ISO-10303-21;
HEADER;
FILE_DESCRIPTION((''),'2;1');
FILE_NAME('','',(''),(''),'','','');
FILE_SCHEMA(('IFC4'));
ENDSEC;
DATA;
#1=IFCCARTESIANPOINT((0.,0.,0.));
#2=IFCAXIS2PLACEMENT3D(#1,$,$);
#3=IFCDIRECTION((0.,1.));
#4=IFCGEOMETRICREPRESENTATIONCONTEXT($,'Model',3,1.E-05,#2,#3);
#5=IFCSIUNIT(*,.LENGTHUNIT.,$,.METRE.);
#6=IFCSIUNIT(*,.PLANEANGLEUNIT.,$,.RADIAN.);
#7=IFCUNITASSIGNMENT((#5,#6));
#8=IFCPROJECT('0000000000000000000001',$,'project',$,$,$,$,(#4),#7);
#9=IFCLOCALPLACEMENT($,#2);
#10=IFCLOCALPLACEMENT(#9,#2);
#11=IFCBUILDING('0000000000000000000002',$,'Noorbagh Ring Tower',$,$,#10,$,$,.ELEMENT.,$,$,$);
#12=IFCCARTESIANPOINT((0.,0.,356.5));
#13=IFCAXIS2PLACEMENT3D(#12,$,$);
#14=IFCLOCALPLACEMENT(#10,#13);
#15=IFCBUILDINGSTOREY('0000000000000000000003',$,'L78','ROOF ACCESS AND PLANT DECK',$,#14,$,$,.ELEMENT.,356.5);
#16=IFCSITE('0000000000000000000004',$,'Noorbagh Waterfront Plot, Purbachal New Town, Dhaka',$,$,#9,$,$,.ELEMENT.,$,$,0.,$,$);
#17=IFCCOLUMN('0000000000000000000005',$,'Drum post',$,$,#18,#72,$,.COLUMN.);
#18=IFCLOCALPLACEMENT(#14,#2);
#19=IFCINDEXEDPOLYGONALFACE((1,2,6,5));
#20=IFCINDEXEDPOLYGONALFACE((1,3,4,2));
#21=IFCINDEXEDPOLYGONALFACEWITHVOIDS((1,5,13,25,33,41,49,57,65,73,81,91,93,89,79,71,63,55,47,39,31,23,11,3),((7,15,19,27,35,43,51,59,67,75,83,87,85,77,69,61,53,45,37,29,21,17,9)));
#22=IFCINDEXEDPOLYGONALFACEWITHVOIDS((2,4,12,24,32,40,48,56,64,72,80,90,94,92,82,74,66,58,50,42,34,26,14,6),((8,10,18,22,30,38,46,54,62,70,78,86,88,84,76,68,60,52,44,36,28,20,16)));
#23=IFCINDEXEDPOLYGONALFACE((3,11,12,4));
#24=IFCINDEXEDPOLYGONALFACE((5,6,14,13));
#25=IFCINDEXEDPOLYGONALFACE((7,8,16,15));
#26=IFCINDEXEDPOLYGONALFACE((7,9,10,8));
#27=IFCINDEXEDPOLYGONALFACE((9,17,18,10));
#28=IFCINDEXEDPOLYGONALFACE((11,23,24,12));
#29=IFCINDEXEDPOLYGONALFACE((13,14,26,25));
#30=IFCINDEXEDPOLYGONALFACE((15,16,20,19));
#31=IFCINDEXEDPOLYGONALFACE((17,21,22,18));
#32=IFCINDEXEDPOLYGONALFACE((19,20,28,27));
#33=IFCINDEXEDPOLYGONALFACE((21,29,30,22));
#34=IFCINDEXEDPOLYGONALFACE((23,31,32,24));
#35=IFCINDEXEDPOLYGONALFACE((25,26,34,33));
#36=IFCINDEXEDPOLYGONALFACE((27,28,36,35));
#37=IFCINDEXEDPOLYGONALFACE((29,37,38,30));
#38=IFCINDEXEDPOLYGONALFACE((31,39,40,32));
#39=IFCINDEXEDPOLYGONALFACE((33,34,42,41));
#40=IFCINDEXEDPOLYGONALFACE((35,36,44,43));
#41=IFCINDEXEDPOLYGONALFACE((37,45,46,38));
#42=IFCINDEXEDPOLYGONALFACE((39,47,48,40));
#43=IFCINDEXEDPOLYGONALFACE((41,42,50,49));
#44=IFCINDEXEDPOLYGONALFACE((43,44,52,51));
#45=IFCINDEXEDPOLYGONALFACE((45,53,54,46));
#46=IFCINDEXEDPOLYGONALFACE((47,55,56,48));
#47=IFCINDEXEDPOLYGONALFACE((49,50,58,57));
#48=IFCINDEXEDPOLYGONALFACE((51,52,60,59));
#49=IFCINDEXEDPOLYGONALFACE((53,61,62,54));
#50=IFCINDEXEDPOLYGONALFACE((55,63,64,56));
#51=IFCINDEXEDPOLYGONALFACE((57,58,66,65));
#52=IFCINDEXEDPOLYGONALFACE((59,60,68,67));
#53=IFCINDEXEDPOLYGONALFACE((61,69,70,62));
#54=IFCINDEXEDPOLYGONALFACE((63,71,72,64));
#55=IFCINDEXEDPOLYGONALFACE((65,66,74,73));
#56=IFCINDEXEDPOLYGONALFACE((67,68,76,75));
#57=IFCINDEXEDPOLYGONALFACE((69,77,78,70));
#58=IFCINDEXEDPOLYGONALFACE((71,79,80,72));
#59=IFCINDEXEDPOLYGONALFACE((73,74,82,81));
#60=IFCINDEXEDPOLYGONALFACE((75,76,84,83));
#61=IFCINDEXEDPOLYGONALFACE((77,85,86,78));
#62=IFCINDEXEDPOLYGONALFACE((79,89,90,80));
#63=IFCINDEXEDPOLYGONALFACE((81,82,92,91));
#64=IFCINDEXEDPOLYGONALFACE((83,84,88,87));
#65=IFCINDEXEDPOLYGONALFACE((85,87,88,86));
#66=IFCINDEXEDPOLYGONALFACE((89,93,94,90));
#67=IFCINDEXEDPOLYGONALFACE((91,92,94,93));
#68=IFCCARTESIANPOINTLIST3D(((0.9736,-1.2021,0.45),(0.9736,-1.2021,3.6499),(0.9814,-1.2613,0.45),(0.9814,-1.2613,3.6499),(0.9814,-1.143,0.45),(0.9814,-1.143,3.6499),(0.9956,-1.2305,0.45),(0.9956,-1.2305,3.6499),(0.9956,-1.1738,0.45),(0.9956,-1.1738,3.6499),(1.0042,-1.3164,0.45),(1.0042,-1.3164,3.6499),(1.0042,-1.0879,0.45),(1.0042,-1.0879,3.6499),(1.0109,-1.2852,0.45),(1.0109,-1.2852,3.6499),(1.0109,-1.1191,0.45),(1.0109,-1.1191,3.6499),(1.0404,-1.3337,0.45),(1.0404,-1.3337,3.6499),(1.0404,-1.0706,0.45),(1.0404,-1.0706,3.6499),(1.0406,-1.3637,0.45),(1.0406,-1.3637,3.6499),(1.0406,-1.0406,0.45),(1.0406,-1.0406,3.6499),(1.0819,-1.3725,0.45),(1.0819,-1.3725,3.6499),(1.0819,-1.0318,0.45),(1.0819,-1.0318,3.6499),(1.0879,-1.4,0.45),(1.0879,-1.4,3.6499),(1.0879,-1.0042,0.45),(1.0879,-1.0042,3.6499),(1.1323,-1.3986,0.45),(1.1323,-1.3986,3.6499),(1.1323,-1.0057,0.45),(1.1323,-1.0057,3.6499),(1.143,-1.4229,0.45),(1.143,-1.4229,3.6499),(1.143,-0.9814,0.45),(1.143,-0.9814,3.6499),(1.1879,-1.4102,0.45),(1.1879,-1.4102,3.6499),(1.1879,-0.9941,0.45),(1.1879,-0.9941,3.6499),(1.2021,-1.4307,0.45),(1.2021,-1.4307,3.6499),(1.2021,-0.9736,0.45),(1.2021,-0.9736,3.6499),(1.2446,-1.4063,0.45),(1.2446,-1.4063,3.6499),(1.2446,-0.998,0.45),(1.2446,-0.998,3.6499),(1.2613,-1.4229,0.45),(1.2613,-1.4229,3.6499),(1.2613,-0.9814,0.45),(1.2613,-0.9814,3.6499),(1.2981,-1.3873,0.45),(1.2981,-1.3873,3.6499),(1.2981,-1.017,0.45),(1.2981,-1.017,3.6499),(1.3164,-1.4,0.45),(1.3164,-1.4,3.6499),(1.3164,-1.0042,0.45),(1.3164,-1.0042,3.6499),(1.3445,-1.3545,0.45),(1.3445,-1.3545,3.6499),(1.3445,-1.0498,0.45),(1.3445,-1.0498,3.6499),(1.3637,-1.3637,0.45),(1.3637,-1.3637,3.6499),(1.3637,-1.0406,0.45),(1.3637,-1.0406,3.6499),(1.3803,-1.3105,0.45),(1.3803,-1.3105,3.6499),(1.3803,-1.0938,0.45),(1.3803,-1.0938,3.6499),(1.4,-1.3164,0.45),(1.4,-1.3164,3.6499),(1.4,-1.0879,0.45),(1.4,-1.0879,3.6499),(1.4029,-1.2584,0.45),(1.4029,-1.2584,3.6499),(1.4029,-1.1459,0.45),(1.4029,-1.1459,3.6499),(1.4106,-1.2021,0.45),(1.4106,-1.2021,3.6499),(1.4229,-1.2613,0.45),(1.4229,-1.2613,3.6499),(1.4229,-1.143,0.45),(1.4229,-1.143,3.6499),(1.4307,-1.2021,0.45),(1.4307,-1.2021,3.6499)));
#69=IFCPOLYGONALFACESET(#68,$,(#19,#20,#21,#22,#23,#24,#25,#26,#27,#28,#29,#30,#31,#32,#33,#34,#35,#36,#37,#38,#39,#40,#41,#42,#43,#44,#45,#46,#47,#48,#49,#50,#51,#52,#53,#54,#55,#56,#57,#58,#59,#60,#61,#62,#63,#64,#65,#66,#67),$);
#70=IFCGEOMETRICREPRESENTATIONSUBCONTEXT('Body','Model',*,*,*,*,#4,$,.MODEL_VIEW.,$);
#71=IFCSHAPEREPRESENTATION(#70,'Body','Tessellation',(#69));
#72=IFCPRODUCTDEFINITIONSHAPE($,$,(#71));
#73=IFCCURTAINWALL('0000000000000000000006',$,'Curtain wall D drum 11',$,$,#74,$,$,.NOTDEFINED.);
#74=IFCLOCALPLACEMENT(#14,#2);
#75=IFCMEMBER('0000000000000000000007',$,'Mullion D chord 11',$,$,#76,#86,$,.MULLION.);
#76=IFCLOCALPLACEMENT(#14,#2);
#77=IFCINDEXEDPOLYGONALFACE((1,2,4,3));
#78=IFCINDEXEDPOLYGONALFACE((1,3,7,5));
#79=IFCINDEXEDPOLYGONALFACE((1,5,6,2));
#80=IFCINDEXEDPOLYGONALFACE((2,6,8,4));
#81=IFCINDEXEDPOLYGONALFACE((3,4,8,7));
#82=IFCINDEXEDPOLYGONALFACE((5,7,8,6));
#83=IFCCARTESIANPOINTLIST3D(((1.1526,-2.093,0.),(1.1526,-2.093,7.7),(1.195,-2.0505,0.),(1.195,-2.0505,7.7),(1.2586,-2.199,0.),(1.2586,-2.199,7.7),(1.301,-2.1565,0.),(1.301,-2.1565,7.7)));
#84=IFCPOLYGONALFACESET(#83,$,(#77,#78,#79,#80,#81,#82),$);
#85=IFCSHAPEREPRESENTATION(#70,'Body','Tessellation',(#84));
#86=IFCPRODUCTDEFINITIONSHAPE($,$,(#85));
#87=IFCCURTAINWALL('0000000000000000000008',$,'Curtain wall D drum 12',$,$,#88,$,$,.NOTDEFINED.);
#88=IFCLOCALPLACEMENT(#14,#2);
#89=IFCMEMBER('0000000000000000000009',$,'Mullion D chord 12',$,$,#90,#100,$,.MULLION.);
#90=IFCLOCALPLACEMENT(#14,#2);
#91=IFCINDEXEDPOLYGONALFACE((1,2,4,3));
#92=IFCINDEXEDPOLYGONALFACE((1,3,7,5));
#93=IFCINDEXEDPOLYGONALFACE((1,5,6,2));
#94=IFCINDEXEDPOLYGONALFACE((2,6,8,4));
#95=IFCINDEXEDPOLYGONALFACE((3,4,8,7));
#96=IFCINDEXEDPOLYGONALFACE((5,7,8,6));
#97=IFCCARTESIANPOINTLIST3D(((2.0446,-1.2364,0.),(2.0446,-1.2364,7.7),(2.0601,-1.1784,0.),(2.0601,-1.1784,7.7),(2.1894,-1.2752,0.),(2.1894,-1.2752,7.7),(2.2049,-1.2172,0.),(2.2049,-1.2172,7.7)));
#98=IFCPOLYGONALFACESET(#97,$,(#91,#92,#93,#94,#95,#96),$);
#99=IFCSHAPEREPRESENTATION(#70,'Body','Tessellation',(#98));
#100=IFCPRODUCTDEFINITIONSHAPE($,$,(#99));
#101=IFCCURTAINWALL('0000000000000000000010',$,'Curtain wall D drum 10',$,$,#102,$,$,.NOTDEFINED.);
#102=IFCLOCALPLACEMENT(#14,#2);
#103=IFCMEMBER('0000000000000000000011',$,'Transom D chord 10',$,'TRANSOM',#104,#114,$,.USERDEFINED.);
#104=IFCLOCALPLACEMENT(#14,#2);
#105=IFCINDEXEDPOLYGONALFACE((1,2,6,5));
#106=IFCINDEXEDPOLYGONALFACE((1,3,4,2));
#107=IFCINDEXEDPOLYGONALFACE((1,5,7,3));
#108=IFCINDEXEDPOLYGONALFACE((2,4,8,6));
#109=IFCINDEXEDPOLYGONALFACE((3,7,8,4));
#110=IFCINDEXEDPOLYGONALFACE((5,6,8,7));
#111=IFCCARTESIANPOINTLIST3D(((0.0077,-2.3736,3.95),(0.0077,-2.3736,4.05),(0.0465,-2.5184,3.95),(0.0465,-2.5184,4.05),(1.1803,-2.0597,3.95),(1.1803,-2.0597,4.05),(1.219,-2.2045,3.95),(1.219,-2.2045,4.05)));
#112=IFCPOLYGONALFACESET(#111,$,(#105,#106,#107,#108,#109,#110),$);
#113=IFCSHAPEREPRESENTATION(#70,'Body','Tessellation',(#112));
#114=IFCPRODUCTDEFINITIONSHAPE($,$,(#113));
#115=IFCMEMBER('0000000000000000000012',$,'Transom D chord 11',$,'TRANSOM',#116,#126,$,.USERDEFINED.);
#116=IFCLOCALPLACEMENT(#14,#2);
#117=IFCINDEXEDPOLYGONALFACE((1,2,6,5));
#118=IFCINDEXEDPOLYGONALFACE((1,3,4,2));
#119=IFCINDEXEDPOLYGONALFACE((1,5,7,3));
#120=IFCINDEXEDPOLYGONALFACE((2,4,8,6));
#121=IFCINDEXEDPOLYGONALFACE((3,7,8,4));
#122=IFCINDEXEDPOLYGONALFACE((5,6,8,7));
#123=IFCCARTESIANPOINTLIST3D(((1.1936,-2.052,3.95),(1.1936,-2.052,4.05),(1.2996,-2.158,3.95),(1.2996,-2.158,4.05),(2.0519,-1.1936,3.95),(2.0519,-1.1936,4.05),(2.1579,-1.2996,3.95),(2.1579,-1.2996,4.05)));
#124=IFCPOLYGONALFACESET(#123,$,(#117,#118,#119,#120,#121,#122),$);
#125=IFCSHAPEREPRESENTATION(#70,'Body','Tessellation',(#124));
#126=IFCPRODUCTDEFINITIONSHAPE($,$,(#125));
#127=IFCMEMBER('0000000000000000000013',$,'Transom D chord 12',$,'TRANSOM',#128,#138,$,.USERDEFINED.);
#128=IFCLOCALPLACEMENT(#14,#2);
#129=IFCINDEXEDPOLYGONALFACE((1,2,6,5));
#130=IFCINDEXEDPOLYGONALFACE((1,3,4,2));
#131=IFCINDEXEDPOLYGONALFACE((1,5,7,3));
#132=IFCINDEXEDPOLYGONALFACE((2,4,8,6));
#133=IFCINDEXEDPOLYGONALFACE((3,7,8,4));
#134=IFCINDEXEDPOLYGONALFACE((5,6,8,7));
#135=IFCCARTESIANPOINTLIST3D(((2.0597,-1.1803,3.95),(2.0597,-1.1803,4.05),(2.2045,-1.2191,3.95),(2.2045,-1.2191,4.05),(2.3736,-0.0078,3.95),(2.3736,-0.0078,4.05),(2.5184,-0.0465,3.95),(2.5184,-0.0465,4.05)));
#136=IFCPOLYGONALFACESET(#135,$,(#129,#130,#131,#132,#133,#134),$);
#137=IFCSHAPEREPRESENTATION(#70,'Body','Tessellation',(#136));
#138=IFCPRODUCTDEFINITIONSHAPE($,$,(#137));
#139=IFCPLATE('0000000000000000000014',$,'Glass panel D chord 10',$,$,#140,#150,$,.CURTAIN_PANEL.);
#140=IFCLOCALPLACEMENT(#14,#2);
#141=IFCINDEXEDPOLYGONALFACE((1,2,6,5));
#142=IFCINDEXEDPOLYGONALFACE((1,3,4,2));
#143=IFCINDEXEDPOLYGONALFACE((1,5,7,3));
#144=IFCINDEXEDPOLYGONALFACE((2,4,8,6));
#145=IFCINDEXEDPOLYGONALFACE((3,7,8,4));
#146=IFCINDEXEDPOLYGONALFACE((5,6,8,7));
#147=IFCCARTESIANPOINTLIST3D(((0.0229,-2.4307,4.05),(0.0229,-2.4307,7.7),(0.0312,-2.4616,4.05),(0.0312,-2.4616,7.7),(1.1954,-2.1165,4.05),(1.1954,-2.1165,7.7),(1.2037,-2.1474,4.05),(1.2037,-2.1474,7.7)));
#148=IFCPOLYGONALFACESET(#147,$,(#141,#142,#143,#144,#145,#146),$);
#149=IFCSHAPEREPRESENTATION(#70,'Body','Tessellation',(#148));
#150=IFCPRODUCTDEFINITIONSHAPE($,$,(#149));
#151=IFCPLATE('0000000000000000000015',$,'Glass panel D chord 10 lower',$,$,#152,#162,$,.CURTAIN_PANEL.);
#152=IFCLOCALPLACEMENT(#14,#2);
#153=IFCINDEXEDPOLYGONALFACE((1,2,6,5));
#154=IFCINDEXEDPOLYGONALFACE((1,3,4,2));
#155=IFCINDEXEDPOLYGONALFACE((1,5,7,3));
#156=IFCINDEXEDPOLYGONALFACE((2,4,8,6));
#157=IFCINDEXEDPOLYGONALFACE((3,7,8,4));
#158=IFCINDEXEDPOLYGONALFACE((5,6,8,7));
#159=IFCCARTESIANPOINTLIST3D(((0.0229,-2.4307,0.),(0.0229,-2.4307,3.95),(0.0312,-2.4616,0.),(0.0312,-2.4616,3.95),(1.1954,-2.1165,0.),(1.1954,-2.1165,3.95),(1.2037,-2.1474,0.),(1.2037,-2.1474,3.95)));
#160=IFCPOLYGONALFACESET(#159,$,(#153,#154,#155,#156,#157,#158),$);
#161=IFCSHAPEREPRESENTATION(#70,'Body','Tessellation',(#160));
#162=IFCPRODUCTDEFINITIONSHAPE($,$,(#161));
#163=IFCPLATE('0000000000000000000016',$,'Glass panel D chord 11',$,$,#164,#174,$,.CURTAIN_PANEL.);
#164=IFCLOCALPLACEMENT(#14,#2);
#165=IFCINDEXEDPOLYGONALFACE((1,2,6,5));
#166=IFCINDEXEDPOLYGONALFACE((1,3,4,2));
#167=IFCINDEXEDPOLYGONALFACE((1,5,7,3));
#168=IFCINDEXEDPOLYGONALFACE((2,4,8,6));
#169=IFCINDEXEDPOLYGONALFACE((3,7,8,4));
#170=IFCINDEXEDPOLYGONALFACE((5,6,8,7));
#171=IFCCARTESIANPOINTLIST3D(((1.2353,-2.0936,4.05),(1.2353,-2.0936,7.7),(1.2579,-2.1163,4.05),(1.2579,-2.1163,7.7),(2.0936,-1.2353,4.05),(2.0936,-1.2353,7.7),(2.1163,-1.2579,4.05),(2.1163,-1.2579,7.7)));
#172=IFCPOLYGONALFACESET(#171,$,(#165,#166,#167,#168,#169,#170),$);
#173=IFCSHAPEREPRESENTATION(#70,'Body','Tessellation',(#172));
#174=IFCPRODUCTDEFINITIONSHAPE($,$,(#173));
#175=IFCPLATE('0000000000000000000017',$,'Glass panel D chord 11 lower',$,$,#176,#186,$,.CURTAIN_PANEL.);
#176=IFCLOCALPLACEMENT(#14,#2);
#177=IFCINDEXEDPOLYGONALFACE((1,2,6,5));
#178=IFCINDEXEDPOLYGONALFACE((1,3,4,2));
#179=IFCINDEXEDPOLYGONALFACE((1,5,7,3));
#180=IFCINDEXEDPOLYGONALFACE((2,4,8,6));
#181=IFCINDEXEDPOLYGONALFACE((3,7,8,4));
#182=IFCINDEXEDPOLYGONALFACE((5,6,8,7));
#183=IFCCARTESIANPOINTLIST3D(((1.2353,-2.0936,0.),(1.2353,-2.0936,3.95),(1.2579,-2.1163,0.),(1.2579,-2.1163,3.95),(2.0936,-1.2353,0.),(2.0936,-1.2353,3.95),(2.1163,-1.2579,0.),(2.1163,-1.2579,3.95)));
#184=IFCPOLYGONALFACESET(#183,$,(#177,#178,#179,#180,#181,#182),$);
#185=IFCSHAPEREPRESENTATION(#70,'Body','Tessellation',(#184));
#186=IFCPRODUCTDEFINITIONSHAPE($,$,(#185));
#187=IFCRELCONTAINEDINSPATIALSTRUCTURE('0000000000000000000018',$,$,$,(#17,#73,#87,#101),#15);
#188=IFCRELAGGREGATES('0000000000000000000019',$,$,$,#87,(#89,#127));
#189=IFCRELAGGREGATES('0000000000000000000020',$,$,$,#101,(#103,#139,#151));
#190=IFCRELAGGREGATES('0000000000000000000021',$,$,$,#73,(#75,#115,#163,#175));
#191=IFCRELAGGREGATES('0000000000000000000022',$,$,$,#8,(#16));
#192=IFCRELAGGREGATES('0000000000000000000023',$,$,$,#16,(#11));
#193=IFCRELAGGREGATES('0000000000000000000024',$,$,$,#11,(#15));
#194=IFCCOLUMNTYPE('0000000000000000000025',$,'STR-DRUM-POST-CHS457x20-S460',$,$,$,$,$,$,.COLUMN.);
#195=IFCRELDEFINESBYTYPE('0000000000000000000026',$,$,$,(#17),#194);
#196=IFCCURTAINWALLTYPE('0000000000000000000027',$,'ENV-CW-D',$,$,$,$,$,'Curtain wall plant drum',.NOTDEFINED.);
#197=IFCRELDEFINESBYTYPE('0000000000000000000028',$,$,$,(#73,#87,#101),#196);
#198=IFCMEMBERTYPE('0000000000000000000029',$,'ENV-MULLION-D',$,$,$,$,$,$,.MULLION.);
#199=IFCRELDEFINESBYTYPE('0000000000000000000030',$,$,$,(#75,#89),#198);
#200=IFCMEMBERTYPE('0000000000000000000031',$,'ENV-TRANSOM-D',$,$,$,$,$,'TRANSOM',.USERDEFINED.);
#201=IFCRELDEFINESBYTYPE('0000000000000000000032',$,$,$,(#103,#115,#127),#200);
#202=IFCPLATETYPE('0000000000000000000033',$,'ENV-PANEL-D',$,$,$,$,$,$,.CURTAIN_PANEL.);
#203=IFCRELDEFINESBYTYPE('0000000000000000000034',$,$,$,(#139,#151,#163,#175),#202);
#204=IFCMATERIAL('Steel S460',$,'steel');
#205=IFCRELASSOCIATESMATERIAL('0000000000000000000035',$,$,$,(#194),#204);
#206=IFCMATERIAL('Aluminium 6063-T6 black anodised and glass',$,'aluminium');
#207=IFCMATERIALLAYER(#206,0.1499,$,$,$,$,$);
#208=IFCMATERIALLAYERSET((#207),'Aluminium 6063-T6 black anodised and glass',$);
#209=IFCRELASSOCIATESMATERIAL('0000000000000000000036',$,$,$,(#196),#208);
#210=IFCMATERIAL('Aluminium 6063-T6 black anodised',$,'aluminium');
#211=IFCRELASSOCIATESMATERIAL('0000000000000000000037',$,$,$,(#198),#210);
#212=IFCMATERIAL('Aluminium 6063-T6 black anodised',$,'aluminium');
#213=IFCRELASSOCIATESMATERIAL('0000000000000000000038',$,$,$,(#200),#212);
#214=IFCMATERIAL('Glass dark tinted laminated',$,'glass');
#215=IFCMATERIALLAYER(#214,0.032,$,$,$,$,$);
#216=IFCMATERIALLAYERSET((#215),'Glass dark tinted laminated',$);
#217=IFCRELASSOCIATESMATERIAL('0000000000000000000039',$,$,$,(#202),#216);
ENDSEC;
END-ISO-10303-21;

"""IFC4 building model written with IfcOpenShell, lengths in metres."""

from ifc_helpers import new_model, si_unit, direction, frame, origin, origin_2d, place, context, subcontext, project, spatial, rectangle, hollow_circle, extrude, material, layer, layer_set, material_profile, profile_set, type_object, element, aggregate, save


model = new_model("IFC4")

# Units and contexts
model_context = context("Model", 3, precision=1e-05, world=origin(), true_north=direction((0.0, 1.0)))
body_context = subcontext(model_context, "Body", "Model", "MODEL_VIEW")
ifc_project = project(units=[si_unit("LENGTHUNIT", "METRE"), si_unit("PLANEANGLEUNIT", "RADIAN")], contexts=[model_context])

# Site, building, storey
site_placement = place(None, origin())
site = spatial("IfcSite", under=ifc_project, at=site_placement, Name="Noorbagh Waterfront Plot, Purbachal New Town, Dhaka", CompositionType="ELEMENT", RefElevation=0.0)
building_placement = place(site_placement, origin())
building = spatial("IfcBuilding", under=site, at=building_placement, Name="Noorbagh Ring Tower", CompositionType="ELEMENT")
storey_placement = place(building_placement, frame((0.0, 0.0, 356.5)))
storey = spatial("IfcBuildingStorey", under=building, at=storey_placement, Name="L78", Description="ROOF ACCESS AND PLANT DECK", CompositionType="ELEMENT", Elevation=356.5)

# Column
ifc_material_1 = material(Name="Steel S460", Category="steel")
ifc_material_profile_1 = material_profile(ifc_material_1, hollow_circle(Radius=0.2285, WallThickness=0.02, at=origin_2d()), Name="CHS457x20")
ifc_profile_set_1 = profile_set([ifc_material_profile_1], Name="Steel S460")
column_type = type_object("IfcColumnType", Name="STR-DRUM-POST-CHS457x20-S460", PredefinedType="COLUMN", material=ifc_profile_set_1)
column_placement = place(storey_placement, frame((1.2021, -1.2021, 0.45), z_axis=(0.0, 0.0, 1.0), x_axis=(1.0, 0.0, 0.0)))
element("IfcColumn", 1, at=column_placement, inside=storey, type_object=column_type, Name="Drum post", PredefinedType="COLUMN", context=body_context, shape_type="SweptSolid", body=[
    extrude(hollow_circle(Radius=0.2285, WallThickness=0.02, at=origin_2d()), origin(), (0.0, 0.0, 1.0), 3.2),
])

# Curtain walls, members
ifc_material_2 = material(Name="Aluminium 6063-T6 black anodised and glass", Category="aluminium")
ifc_layer_1 = layer(ifc_material_2, 0.1499)
ifc_layer_set_1 = layer_set([ifc_layer_1], Name="Aluminium 6063-T6 black anodised and glass")
curtain_wall_type = type_object("IfcCurtainWallType", Name="ENV-CW-D", ElementType="Curtain wall plant drum", PredefinedType="NOTDEFINED", material=ifc_layer_set_1)
curtain_wall_1_placement = place(storey_placement, origin())
curtain_wall_1 = element("IfcCurtainWall", 2, at=curtain_wall_1_placement, inside=storey, type_object=curtain_wall_type, Name="Curtain wall D drum 11", PredefinedType="NOTDEFINED")
ifc_material_3 = material(Name="Aluminium 6063-T6 black anodised", Category="aluminium")
ifc_material_profile_2 = material_profile(ifc_material_3, rectangle(XDim=0.1499, YDim=0.0601, at=origin_2d()), Name="150x60")
ifc_profile_set_2 = profile_set([ifc_material_profile_2], Name="Aluminium 6063-T6 black anodised")
member_type_1 = type_object("IfcMemberType", Name="ENV-MULLION-D", PredefinedType="MULLION", material=ifc_profile_set_2)
member_1_placement = place(storey_placement, frame((1.2268, -2.1248, 0.0), z_axis=(0.0, 0.0, 1.0), x_axis=(-0.707107, 0.707107, 0.0)))
member_1 = element("IfcMember", 3, at=member_1_placement, type_object=member_type_1, Name="Mullion D chord 11", PredefinedType="MULLION", context=body_context, shape_type="SweptSolid", body=[
    extrude(rectangle(XDim=0.1499, YDim=0.0601, at=origin_2d()), origin(), (0.0, 0.0, 1.0), 7.7),
])
curtain_wall_2_placement = place(storey_placement, origin())
curtain_wall_2 = element("IfcCurtainWall", 4, at=curtain_wall_2_placement, inside=storey, type_object=curtain_wall_type, Name="Curtain wall D drum 12", PredefinedType="NOTDEFINED")
member_2_placement = place(storey_placement, frame((2.1248, -1.2268, 0.0), z_axis=(0.0, 0.0, 1.0), x_axis=(-0.965926, 0.258819, 0.0)))
member_2 = element("IfcMember", 5, at=member_2_placement, type_object=member_type_1, Name="Mullion D chord 12", PredefinedType="MULLION", context=body_context, shape_type="SweptSolid", body=[
    extrude(rectangle(XDim=0.1499, YDim=0.0601, at=origin_2d()), origin(), (0.0, 0.0, 1.0), 7.7),
])
curtain_wall_3_placement = place(storey_placement, origin())
curtain_wall_3 = element("IfcCurtainWall", 6, at=curtain_wall_3_placement, inside=storey, type_object=curtain_wall_type, Name="Curtain wall D drum 10", PredefinedType="NOTDEFINED")
ifc_material_4 = material(Name="Aluminium 6063-T6 black anodised", Category="aluminium")
ifc_material_profile_3 = material_profile(ifc_material_4, rectangle(XDim=0.1499, YDim=0.1001, at=origin_2d()), Name="150x100")
ifc_profile_set_3 = profile_set([ifc_material_profile_3], Name="Aluminium 6063-T6 black anodised")
member_type_2 = type_object("IfcMemberType", Name="ENV-TRANSOM-D", ElementType="TRANSOM", PredefinedType="USERDEFINED", material=ifc_profile_set_3)
placement = place(building_placement, frame((0.0, 0.0, 360.1499)))
member_3_placement = place(placement, frame((0.0271, -2.446, 0.3501), z_axis=(0.965974, 0.258639, 0.0), x_axis=(-0.258639, 0.965974, 0.0)))
member_3 = element("IfcMember", 7, at=member_3_placement, type_object=member_type_2, Name="Transom D chord 10", ObjectType="TRANSOM", PredefinedType="USERDEFINED", context=body_context, shape_type="SweptSolid", body=[
    extrude(rectangle(XDim=0.1499, YDim=0.1001, at=origin_2d()), origin(), (0.0, 0.0, 1.0), 1.2139),
])

# Members
member_4_placement = place(placement, frame((1.2466, -2.105, 0.3501), z_axis=(0.707107, 0.707107, 0.0), x_axis=(-0.707107, 0.707107, 0.0)))
member_4 = element("IfcMember", 8, at=member_4_placement, type_object=member_type_2, Name="Transom D chord 11", ObjectType="TRANSOM", PredefinedType="USERDEFINED", context=body_context, shape_type="SweptSolid", body=[
    extrude(rectangle(XDim=0.1499, YDim=0.1001, at=origin_2d()), origin(), (0.0, 0.0, 1.0), 1.2139),
])
member_5_placement = place(placement, frame((2.1321, -1.1997, 0.3501), z_axis=(0.258639, 0.965974, 0.0), x_axis=(-0.965974, 0.258639, 0.0)))
member_5 = element("IfcMember", 9, at=member_5_placement, type_object=member_type_2, Name="Transom D chord 12", ObjectType="TRANSOM", PredefinedType="USERDEFINED", context=body_context, shape_type="SweptSolid", body=[
    extrude(rectangle(XDim=0.1499, YDim=0.1001, at=origin_2d()), origin(), (0.0, 0.0, 1.0), 1.2139),
])
aggregate(curtain_wall_2, [member_2, member_5])

# Plates
ifc_material_5 = material(Name="Glass dark tinted laminated", Category="glass")
ifc_layer_2 = layer(ifc_material_5, 0.032)
ifc_layer_set_2 = layer_set([ifc_layer_2], Name="Glass dark tinted laminated")
plate_type = type_object("IfcPlateType", Name="ENV-PANEL-D", PredefinedType="CURTAIN_PANEL", material=ifc_layer_set_2)
plate_1_placement = place(placement, frame((0.6133, -2.2891, 0.4001), z_axis=(0.0, 0.0, 1.0), x_axis=(0.965926, 0.258819, 0.0)))
plate_1 = element("IfcPlate", 10, at=plate_1_placement, type_object=plate_type, Name="Glass panel D chord 10", PredefinedType="CURTAIN_PANEL", context=body_context, shape_type="SweptSolid", body=[
    extrude(rectangle(XDim=1.2139, YDim=0.032, at=origin_2d()), origin(), (0.0, 0.0, 1.0), 3.6499),
])
plate_2_placement = place(storey_placement, frame((0.6133, -2.2891, 0.0), z_axis=(0.0, 0.0, 1.0), x_axis=(0.965926, 0.258819, 0.0)))
plate_2 = element("IfcPlate", 11, at=plate_2_placement, type_object=plate_type, Name="Glass panel D chord 10 lower", PredefinedType="CURTAIN_PANEL", context=body_context, shape_type="SweptSolid", body=[
    extrude(rectangle(XDim=1.2139, YDim=0.032, at=origin_2d()), origin(), (0.0, 0.0, 1.0), 3.95),
])
plate_3_placement = place(placement, frame((1.6758, -1.6758, 0.4001), z_axis=(0.0, 0.0, 1.0), x_axis=(0.707107, 0.707107, 0.0)))
plate_3 = element("IfcPlate", 12, at=plate_3_placement, type_object=plate_type, Name="Glass panel D chord 11", PredefinedType="CURTAIN_PANEL", context=body_context, shape_type="SweptSolid", body=[
    extrude(rectangle(XDim=1.2139, YDim=0.032, at=origin_2d()), origin(), (0.0, 0.0, 1.0), 3.6499),
])
plate_4_placement = place(storey_placement, frame((1.6758, -1.6758, 0.0), z_axis=(0.0, 0.0, 1.0), x_axis=(0.707107, 0.707107, 0.0)))
plate_4 = element("IfcPlate", 13, at=plate_4_placement, type_object=plate_type, Name="Glass panel D chord 11 lower", PredefinedType="CURTAIN_PANEL", context=body_context, shape_type="SweptSolid", body=[
    extrude(rectangle(XDim=1.2139, YDim=0.032, at=origin_2d()), origin(), (0.0, 0.0, 1.0), 3.95),
])

aggregate(curtain_wall_3, [member_3, plate_1, plate_2])
aggregate(curtain_wall_1, [member_1, member_4, plate_3, plate_4])

save(model, "model.ifc")
